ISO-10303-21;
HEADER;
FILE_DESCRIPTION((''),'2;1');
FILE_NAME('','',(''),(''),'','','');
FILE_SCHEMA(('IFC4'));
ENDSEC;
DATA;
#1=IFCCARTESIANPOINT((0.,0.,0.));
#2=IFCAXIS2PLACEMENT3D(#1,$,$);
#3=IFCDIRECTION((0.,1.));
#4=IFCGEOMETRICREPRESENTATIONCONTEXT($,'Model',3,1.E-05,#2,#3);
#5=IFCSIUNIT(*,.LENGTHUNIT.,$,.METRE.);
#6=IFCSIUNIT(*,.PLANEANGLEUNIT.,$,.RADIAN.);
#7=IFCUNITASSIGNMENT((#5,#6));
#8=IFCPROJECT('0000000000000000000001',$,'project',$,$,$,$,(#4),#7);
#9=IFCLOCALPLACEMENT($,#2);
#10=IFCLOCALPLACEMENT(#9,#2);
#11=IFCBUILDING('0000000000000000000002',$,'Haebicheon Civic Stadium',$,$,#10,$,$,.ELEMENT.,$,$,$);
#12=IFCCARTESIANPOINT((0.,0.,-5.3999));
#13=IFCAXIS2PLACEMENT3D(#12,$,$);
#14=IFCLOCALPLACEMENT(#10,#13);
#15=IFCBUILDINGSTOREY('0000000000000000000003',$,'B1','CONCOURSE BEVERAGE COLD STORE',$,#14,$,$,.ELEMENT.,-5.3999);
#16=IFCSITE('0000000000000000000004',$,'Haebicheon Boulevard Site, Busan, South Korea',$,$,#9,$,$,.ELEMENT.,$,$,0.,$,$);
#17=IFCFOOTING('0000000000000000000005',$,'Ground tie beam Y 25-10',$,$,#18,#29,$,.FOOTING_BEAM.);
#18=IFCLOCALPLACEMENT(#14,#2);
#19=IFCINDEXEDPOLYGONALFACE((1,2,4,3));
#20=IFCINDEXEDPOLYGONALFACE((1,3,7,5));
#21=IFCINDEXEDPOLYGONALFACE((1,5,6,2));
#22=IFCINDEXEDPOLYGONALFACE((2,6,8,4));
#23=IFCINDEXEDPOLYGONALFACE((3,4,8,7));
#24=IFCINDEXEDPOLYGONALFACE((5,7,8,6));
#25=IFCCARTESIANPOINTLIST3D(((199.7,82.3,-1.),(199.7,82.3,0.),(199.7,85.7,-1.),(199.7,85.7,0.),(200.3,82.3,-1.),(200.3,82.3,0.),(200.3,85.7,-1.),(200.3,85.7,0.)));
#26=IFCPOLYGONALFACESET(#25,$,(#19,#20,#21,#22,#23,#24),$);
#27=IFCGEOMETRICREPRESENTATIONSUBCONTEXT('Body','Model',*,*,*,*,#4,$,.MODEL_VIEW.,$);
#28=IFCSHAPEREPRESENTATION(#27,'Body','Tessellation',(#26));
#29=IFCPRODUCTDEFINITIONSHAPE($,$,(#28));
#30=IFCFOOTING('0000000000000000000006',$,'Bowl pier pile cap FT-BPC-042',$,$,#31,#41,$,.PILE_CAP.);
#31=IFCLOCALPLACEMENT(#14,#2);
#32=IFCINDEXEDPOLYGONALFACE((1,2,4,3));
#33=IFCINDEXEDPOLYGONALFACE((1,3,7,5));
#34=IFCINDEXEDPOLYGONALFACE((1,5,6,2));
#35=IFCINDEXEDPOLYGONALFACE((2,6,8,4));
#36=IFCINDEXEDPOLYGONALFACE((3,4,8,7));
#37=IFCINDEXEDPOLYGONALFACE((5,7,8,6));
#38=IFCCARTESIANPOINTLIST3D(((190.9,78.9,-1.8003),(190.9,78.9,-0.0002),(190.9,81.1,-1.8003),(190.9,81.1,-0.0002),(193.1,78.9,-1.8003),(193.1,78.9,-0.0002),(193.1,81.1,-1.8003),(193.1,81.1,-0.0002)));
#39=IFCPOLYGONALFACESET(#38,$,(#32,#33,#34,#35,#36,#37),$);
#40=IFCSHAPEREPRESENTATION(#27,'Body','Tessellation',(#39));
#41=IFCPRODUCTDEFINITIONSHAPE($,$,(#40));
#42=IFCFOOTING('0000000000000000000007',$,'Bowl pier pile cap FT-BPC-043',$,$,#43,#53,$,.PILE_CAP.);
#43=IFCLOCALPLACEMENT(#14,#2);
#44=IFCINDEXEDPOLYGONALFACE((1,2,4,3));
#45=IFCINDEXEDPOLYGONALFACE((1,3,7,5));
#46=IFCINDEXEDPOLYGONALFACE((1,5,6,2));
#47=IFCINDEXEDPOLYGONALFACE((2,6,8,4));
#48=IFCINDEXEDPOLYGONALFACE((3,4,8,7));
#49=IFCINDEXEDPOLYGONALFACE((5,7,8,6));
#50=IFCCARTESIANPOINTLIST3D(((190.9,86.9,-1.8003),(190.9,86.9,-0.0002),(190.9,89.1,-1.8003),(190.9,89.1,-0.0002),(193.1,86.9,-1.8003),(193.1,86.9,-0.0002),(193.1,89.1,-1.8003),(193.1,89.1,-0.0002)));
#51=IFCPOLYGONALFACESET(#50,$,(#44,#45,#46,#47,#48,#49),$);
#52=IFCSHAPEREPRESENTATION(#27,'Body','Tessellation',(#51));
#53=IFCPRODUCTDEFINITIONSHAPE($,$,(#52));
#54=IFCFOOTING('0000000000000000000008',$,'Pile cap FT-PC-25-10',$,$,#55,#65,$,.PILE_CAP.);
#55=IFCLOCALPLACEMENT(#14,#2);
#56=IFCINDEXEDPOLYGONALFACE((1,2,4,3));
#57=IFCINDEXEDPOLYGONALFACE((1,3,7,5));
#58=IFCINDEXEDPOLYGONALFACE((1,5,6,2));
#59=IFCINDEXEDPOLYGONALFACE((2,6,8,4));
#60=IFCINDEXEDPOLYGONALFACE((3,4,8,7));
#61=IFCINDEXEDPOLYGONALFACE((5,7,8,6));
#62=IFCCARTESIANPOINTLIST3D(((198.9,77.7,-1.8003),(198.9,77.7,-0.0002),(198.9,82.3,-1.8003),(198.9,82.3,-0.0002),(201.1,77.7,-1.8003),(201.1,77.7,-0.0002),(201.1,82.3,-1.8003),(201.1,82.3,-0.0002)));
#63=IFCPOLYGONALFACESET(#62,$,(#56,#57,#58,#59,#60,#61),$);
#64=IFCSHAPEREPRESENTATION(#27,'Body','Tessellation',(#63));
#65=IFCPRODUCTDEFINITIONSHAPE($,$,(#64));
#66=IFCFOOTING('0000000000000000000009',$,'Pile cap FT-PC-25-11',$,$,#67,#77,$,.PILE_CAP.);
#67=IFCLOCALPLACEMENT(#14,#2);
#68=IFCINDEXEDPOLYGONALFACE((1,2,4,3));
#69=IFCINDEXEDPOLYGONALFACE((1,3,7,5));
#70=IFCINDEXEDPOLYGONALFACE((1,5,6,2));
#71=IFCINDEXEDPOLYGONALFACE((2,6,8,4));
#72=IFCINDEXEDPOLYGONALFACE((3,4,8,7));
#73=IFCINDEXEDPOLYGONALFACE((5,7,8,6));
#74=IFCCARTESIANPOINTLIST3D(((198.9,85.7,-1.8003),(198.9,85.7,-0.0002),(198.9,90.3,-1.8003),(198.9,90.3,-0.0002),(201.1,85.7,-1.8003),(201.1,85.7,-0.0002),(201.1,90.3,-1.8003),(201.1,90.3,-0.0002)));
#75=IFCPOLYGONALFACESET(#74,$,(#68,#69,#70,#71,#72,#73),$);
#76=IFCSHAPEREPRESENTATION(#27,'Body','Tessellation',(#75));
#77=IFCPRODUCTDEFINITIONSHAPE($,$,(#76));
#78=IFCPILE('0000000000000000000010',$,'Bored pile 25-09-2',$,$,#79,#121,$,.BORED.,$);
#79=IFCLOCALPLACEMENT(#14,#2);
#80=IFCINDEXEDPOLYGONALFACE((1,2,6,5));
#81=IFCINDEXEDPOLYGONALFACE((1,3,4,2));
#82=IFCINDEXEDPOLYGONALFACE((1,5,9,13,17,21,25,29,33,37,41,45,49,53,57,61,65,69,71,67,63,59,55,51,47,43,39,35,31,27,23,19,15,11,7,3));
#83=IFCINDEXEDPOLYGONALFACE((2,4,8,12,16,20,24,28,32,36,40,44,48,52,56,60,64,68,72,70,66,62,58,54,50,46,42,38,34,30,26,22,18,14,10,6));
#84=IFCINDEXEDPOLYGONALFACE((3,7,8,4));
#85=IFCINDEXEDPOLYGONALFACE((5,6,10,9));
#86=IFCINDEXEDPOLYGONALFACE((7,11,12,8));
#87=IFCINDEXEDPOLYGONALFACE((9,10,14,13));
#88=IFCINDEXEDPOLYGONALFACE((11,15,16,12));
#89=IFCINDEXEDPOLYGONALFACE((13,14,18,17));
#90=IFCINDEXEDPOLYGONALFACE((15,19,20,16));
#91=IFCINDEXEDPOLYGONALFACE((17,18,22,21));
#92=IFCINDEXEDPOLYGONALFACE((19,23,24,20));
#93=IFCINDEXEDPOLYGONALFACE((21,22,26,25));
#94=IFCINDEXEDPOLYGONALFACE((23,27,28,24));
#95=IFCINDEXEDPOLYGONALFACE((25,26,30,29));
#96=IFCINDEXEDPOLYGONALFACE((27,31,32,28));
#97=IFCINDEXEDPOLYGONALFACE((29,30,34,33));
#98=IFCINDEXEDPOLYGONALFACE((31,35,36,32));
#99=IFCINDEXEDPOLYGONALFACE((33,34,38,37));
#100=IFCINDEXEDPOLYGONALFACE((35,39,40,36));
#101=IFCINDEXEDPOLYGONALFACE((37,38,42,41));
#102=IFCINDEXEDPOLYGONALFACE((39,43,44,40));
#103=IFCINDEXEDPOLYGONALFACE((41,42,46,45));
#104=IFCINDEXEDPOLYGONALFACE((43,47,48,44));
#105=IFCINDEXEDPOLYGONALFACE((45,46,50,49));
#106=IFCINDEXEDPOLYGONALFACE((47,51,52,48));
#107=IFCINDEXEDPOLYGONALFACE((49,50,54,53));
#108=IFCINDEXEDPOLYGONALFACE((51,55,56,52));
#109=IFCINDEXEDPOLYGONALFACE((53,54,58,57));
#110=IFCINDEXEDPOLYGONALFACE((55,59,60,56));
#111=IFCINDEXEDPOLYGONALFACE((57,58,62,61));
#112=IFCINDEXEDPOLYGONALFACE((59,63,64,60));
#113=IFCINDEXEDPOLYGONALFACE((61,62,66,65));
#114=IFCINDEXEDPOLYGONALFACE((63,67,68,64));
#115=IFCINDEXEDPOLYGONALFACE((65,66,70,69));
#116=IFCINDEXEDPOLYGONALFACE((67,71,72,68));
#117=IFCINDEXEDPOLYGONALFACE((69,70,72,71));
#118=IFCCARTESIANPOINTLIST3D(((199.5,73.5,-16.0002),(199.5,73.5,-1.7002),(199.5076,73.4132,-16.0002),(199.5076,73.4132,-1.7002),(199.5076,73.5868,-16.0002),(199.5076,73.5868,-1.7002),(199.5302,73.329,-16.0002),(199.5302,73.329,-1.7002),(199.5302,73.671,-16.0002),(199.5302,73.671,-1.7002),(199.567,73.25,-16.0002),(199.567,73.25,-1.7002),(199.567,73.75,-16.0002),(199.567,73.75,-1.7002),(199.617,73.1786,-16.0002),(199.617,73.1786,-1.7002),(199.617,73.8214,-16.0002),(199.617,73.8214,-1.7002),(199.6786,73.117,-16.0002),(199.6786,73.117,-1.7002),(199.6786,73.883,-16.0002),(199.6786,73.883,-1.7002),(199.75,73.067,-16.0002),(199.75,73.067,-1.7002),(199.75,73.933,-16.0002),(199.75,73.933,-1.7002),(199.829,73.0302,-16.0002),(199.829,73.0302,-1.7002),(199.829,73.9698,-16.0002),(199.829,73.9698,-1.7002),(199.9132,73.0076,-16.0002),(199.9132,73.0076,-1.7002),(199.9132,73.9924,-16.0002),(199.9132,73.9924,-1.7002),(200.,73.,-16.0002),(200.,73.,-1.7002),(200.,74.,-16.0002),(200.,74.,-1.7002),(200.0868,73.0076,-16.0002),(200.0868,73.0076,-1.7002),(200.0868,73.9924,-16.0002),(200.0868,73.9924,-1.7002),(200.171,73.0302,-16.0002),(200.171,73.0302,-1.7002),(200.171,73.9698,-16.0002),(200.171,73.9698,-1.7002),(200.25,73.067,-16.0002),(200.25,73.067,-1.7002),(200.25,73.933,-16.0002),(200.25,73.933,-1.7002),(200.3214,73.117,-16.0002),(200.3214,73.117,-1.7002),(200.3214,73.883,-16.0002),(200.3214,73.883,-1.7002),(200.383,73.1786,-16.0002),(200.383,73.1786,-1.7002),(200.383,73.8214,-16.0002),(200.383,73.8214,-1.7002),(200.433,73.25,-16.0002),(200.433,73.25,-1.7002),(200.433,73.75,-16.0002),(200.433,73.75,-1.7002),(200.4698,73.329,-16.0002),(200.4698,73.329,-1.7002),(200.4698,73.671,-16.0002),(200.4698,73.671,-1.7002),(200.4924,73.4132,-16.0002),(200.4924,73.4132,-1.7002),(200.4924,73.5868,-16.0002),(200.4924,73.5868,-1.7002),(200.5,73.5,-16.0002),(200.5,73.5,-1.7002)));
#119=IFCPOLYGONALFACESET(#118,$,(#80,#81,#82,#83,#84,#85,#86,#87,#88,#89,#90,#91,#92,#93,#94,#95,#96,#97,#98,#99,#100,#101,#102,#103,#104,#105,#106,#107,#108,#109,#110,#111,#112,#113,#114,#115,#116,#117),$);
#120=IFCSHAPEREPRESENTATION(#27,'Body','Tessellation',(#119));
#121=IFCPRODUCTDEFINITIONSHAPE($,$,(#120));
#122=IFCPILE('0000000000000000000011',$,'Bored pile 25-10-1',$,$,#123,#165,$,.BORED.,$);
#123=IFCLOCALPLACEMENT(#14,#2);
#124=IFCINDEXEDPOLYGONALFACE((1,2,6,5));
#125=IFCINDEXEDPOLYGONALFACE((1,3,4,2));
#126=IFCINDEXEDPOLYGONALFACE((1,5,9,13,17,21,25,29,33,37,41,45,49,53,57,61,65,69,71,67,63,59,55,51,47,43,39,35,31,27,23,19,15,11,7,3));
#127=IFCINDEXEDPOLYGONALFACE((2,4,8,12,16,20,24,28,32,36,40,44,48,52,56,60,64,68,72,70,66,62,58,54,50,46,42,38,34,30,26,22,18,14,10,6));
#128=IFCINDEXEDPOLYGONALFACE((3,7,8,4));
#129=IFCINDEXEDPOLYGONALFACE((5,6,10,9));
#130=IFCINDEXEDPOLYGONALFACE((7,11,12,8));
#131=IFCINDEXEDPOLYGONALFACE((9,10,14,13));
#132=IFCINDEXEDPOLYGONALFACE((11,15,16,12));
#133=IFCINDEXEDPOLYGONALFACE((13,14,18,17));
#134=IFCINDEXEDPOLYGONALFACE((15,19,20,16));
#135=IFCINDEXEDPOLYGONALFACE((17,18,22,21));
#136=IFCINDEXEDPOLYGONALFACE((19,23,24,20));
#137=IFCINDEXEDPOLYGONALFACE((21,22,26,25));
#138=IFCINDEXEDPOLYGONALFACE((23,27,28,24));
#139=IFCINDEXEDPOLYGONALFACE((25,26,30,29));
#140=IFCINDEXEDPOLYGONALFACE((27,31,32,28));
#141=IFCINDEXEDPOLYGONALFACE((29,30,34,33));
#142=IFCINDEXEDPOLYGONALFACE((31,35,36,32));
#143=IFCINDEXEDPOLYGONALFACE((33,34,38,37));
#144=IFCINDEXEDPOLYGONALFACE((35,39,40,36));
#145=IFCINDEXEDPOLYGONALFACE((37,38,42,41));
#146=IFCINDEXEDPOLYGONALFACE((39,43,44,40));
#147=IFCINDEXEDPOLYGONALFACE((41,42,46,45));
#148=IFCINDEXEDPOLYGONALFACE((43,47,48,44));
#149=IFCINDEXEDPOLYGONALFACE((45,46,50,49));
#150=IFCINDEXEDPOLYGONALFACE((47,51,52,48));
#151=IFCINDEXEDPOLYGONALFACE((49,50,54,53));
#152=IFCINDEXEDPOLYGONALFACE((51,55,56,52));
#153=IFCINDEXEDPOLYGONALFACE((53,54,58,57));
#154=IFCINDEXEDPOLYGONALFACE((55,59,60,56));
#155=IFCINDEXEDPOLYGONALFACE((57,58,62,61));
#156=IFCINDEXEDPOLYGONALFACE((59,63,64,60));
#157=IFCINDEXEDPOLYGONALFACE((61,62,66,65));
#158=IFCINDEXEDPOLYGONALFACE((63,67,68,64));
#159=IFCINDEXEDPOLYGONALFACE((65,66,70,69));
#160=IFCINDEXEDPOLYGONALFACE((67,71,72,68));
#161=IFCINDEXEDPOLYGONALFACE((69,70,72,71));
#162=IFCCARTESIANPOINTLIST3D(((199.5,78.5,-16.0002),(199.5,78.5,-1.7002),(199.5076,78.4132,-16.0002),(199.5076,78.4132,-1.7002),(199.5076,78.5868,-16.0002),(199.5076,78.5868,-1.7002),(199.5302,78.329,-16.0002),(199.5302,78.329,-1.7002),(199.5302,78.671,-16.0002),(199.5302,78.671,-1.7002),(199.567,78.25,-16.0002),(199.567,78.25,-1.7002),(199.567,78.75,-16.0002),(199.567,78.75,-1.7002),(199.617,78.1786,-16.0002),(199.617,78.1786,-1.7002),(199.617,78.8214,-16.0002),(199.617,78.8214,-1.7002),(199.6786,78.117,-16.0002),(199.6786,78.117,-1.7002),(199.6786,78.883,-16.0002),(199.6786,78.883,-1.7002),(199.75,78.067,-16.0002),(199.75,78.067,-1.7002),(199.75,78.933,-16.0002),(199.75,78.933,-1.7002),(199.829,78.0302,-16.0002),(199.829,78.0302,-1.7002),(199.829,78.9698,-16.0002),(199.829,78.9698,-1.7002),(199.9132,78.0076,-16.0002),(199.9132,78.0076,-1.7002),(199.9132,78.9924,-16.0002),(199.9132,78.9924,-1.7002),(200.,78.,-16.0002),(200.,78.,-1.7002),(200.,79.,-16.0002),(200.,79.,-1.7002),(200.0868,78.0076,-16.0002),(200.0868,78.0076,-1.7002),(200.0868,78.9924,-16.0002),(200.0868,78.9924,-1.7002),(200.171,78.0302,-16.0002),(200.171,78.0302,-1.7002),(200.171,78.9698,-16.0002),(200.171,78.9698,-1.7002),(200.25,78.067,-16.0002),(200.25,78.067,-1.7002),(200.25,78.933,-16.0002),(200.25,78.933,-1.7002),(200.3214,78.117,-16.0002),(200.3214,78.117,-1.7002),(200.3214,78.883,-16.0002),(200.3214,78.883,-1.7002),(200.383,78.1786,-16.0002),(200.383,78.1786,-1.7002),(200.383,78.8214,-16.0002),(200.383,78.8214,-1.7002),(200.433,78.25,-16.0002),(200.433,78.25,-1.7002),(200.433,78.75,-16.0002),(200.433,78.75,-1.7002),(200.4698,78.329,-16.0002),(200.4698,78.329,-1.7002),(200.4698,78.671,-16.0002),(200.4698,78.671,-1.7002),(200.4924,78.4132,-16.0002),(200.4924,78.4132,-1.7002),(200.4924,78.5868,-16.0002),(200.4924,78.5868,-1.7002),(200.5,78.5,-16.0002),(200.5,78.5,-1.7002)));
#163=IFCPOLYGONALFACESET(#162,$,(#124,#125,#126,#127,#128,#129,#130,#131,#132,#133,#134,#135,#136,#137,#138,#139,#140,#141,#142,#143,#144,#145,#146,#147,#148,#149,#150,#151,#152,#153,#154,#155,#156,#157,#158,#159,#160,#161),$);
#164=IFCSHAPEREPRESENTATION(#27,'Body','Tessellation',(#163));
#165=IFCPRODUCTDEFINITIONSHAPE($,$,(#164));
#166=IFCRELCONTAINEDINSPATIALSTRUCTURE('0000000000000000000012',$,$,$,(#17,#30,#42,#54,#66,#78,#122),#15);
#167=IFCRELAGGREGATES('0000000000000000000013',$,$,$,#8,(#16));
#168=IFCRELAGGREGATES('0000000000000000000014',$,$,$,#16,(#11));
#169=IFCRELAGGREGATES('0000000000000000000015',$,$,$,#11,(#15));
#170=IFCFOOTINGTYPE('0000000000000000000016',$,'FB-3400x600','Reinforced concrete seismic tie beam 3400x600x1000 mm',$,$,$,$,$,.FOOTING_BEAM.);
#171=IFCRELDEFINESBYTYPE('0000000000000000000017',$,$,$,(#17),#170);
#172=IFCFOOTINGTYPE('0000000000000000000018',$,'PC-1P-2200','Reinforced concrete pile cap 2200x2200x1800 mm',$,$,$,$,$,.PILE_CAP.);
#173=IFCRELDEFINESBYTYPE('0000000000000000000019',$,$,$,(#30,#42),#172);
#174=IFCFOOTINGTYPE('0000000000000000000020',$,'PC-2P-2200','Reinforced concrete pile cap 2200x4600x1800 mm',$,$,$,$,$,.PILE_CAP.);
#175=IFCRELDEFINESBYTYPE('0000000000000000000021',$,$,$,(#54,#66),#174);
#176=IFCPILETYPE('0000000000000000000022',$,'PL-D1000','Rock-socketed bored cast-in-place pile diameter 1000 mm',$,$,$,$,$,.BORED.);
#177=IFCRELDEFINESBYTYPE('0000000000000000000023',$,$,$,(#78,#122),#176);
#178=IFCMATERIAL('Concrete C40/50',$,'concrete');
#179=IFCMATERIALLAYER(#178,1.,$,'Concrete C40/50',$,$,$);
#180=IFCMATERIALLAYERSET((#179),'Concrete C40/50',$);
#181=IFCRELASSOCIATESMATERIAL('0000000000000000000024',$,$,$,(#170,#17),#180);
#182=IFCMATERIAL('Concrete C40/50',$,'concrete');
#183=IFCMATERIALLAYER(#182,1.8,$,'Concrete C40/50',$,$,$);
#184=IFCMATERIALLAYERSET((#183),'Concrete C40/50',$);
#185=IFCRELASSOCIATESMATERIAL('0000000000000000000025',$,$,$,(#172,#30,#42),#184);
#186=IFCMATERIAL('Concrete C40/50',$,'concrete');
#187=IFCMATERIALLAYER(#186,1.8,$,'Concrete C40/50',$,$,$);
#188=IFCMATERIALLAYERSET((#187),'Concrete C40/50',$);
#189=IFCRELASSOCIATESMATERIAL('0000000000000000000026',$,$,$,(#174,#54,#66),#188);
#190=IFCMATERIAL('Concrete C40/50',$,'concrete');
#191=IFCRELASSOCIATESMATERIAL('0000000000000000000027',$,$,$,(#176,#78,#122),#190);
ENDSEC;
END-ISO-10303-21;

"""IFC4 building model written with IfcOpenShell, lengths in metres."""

from ifc_helpers import new_model, si_unit, direction, frame, origin, origin_2d, place, context, subcontext, project, spatial, rectangle, circle, extrude, material, layer, layer_set, material_profile, profile_set, type_object, element, save


model = new_model("IFC4")

# Units and contexts
model_context = context("Model", 3, precision=1e-05, world=origin(), true_north=direction((0.0, 1.0)))
body_context = subcontext(model_context, "Body", "Model", "MODEL_VIEW")
ifc_project = project(units=[si_unit("LENGTHUNIT", "METRE"), si_unit("PLANEANGLEUNIT", "RADIAN")], contexts=[model_context])

# Site, building, storey
site_placement = place(None, origin())
site = spatial("IfcSite", under=ifc_project, at=site_placement, Name="Haebicheon Boulevard Site, Busan, South Korea", CompositionType="ELEMENT", RefElevation=0.0)
building_placement = place(site_placement, origin())
building = spatial("IfcBuilding", under=site, at=building_placement, Name="Haebicheon Civic Stadium", CompositionType="ELEMENT")
storey_placement = place(building_placement, frame((0.0, 0.0, -5.3999)))
storey = spatial("IfcBuildingStorey", under=building, at=storey_placement, Name="B1", Description="CONCOURSE BEVERAGE COLD STORE", CompositionType="ELEMENT", Elevation=-5.3999)

# Footings
ifc_material_1 = material(Name="Concrete C40/50", Category="concrete")
ifc_layer_1 = layer(ifc_material_1, 1.0, Name="Concrete C40/50")
ifc_layer_set_1 = layer_set([ifc_layer_1], Name="Concrete C40/50")
footing_type_1 = type_object("IfcFootingType", Name="FB-3400x600", Description="Reinforced concrete seismic tie beam 3400x600x1000 mm", PredefinedType="FOOTING_BEAM", material=ifc_layer_set_1)
footing_placement = place(storey_placement, frame((200.0, 84.0, -1.0), z_axis=(0.0, 0.0, 1.0), x_axis=(0.0, 1.0, 0.0)))
element("IfcFooting", 1, at=footing_placement, inside=storey, type_object=footing_type_1, material=ifc_layer_set_1, Name="Ground tie beam Y 25-10", PredefinedType="FOOTING_BEAM", context=body_context, shape_type="SweptSolid", body=[
    extrude(rectangle(XDim=3.3999, YDim=0.6001, at=origin_2d()), origin(), (0.0, 0.0, 1.0), 1.0),
])
ifc_material_2 = material(Name="Concrete C40/50", Category="concrete")
ifc_layer_2 = layer(ifc_material_2, 1.8, Name="Concrete C40/50")
ifc_layer_set_2 = layer_set([ifc_layer_2], Name="Concrete C40/50")
footing_type_2 = type_object("IfcFootingType", Name="PC-1P-2200", Description="Reinforced concrete pile cap 2200x2200x1800 mm", PredefinedType="PILE_CAP", material=ifc_layer_set_2)
for number, where, z_axis, x_axis, name in (
    (2, (192.0, 80.0, -1.8003), (0.0, 0.0, 1.0), (1.0, 0.0, 0.0), "Bowl pier pile cap FT-BPC-042"),
    (3, (192.0, 88.0, -1.8003), (0.0, 0.0, 1.0), (1.0, 0.0, 0.0), "Bowl pier pile cap FT-BPC-043"),
):
    element("IfcFooting", number, at=place(storey_placement, frame(where, z_axis=z_axis, x_axis=x_axis)), inside=storey, type_object=footing_type_2, material=ifc_layer_set_2, Name=name, PredefinedType="PILE_CAP", context=body_context, shape_type="SweptSolid", body=[
        extrude(rectangle(XDim=2.2, YDim=2.2, at=origin_2d()), origin(), (0.0, 0.0, 1.0), 1.8),
    ])
ifc_material_3 = material(Name="Concrete C40/50", Category="concrete")
ifc_layer_3 = layer(ifc_material_3, 1.8, Name="Concrete C40/50")
ifc_layer_set_3 = layer_set([ifc_layer_3], Name="Concrete C40/50")
footing_type_3 = type_object("IfcFootingType", Name="PC-2P-2200", Description="Reinforced concrete pile cap 2200x4600x1800 mm", PredefinedType="PILE_CAP", material=ifc_layer_set_3)
for number, where, z_axis, x_axis, name in (
    (4, (200.0, 80.0, -1.8003), (0.0, 0.0, 1.0), (1.0, 0.0, 0.0), "Pile cap FT-PC-25-10"),
    (5, (200.0, 88.0, -1.8003), (0.0, 0.0, 1.0), (1.0, 0.0, 0.0), "Pile cap FT-PC-25-11"),
):
    element("IfcFooting", number, at=place(storey_placement, frame(where, z_axis=z_axis, x_axis=x_axis)), inside=storey, type_object=footing_type_3, material=ifc_layer_set_3, Name=name, PredefinedType="PILE_CAP", context=body_context, shape_type="SweptSolid", body=[
        extrude(rectangle(XDim=2.2, YDim=4.6001, at=origin_2d()), origin(), (0.0, 0.0, 1.0), 1.8),
    ])

# Piles
ifc_material_4 = material(Name="Concrete C40/50", Category="concrete")
ifc_material_profile_1 = material_profile(ifc_material_4, circle(Radius=0.5, at=origin_2d()), Name="PILE-D1000")
ifc_profile_set_1 = profile_set([ifc_material_profile_1], Name="Concrete C40/50")
pile_type = type_object("IfcPileType", Name="PL-D1000", Description="Rock-socketed bored cast-in-place pile diameter 1000 mm", PredefinedType="BORED", material=ifc_profile_set_1)
for number, where, z_axis, x_axis, name in (
    (6, (200.0, 73.5, -1.7002), (0.0, 0.0, -1.0), (1.0, 0.0, 0.0), "Bored pile 25-09-2"),
    (7, (200.0, 78.5, -1.7002), (0.0, 0.0, -1.0), (1.0, 0.0, 0.0), "Bored pile 25-10-1"),
):
    element("IfcPile", number, at=place(storey_placement, frame(where, z_axis=z_axis, x_axis=x_axis)), inside=storey, type_object=pile_type, material=ifc_profile_set_1, Name=name, PredefinedType="BORED", context=body_context, shape_type="SweptSolid", body=[
        extrude(circle(Radius=0.5, at=origin_2d()), origin(), (0.0, 0.0, 1.0), 14.3),
    ])

save(model, "model.ifc")
